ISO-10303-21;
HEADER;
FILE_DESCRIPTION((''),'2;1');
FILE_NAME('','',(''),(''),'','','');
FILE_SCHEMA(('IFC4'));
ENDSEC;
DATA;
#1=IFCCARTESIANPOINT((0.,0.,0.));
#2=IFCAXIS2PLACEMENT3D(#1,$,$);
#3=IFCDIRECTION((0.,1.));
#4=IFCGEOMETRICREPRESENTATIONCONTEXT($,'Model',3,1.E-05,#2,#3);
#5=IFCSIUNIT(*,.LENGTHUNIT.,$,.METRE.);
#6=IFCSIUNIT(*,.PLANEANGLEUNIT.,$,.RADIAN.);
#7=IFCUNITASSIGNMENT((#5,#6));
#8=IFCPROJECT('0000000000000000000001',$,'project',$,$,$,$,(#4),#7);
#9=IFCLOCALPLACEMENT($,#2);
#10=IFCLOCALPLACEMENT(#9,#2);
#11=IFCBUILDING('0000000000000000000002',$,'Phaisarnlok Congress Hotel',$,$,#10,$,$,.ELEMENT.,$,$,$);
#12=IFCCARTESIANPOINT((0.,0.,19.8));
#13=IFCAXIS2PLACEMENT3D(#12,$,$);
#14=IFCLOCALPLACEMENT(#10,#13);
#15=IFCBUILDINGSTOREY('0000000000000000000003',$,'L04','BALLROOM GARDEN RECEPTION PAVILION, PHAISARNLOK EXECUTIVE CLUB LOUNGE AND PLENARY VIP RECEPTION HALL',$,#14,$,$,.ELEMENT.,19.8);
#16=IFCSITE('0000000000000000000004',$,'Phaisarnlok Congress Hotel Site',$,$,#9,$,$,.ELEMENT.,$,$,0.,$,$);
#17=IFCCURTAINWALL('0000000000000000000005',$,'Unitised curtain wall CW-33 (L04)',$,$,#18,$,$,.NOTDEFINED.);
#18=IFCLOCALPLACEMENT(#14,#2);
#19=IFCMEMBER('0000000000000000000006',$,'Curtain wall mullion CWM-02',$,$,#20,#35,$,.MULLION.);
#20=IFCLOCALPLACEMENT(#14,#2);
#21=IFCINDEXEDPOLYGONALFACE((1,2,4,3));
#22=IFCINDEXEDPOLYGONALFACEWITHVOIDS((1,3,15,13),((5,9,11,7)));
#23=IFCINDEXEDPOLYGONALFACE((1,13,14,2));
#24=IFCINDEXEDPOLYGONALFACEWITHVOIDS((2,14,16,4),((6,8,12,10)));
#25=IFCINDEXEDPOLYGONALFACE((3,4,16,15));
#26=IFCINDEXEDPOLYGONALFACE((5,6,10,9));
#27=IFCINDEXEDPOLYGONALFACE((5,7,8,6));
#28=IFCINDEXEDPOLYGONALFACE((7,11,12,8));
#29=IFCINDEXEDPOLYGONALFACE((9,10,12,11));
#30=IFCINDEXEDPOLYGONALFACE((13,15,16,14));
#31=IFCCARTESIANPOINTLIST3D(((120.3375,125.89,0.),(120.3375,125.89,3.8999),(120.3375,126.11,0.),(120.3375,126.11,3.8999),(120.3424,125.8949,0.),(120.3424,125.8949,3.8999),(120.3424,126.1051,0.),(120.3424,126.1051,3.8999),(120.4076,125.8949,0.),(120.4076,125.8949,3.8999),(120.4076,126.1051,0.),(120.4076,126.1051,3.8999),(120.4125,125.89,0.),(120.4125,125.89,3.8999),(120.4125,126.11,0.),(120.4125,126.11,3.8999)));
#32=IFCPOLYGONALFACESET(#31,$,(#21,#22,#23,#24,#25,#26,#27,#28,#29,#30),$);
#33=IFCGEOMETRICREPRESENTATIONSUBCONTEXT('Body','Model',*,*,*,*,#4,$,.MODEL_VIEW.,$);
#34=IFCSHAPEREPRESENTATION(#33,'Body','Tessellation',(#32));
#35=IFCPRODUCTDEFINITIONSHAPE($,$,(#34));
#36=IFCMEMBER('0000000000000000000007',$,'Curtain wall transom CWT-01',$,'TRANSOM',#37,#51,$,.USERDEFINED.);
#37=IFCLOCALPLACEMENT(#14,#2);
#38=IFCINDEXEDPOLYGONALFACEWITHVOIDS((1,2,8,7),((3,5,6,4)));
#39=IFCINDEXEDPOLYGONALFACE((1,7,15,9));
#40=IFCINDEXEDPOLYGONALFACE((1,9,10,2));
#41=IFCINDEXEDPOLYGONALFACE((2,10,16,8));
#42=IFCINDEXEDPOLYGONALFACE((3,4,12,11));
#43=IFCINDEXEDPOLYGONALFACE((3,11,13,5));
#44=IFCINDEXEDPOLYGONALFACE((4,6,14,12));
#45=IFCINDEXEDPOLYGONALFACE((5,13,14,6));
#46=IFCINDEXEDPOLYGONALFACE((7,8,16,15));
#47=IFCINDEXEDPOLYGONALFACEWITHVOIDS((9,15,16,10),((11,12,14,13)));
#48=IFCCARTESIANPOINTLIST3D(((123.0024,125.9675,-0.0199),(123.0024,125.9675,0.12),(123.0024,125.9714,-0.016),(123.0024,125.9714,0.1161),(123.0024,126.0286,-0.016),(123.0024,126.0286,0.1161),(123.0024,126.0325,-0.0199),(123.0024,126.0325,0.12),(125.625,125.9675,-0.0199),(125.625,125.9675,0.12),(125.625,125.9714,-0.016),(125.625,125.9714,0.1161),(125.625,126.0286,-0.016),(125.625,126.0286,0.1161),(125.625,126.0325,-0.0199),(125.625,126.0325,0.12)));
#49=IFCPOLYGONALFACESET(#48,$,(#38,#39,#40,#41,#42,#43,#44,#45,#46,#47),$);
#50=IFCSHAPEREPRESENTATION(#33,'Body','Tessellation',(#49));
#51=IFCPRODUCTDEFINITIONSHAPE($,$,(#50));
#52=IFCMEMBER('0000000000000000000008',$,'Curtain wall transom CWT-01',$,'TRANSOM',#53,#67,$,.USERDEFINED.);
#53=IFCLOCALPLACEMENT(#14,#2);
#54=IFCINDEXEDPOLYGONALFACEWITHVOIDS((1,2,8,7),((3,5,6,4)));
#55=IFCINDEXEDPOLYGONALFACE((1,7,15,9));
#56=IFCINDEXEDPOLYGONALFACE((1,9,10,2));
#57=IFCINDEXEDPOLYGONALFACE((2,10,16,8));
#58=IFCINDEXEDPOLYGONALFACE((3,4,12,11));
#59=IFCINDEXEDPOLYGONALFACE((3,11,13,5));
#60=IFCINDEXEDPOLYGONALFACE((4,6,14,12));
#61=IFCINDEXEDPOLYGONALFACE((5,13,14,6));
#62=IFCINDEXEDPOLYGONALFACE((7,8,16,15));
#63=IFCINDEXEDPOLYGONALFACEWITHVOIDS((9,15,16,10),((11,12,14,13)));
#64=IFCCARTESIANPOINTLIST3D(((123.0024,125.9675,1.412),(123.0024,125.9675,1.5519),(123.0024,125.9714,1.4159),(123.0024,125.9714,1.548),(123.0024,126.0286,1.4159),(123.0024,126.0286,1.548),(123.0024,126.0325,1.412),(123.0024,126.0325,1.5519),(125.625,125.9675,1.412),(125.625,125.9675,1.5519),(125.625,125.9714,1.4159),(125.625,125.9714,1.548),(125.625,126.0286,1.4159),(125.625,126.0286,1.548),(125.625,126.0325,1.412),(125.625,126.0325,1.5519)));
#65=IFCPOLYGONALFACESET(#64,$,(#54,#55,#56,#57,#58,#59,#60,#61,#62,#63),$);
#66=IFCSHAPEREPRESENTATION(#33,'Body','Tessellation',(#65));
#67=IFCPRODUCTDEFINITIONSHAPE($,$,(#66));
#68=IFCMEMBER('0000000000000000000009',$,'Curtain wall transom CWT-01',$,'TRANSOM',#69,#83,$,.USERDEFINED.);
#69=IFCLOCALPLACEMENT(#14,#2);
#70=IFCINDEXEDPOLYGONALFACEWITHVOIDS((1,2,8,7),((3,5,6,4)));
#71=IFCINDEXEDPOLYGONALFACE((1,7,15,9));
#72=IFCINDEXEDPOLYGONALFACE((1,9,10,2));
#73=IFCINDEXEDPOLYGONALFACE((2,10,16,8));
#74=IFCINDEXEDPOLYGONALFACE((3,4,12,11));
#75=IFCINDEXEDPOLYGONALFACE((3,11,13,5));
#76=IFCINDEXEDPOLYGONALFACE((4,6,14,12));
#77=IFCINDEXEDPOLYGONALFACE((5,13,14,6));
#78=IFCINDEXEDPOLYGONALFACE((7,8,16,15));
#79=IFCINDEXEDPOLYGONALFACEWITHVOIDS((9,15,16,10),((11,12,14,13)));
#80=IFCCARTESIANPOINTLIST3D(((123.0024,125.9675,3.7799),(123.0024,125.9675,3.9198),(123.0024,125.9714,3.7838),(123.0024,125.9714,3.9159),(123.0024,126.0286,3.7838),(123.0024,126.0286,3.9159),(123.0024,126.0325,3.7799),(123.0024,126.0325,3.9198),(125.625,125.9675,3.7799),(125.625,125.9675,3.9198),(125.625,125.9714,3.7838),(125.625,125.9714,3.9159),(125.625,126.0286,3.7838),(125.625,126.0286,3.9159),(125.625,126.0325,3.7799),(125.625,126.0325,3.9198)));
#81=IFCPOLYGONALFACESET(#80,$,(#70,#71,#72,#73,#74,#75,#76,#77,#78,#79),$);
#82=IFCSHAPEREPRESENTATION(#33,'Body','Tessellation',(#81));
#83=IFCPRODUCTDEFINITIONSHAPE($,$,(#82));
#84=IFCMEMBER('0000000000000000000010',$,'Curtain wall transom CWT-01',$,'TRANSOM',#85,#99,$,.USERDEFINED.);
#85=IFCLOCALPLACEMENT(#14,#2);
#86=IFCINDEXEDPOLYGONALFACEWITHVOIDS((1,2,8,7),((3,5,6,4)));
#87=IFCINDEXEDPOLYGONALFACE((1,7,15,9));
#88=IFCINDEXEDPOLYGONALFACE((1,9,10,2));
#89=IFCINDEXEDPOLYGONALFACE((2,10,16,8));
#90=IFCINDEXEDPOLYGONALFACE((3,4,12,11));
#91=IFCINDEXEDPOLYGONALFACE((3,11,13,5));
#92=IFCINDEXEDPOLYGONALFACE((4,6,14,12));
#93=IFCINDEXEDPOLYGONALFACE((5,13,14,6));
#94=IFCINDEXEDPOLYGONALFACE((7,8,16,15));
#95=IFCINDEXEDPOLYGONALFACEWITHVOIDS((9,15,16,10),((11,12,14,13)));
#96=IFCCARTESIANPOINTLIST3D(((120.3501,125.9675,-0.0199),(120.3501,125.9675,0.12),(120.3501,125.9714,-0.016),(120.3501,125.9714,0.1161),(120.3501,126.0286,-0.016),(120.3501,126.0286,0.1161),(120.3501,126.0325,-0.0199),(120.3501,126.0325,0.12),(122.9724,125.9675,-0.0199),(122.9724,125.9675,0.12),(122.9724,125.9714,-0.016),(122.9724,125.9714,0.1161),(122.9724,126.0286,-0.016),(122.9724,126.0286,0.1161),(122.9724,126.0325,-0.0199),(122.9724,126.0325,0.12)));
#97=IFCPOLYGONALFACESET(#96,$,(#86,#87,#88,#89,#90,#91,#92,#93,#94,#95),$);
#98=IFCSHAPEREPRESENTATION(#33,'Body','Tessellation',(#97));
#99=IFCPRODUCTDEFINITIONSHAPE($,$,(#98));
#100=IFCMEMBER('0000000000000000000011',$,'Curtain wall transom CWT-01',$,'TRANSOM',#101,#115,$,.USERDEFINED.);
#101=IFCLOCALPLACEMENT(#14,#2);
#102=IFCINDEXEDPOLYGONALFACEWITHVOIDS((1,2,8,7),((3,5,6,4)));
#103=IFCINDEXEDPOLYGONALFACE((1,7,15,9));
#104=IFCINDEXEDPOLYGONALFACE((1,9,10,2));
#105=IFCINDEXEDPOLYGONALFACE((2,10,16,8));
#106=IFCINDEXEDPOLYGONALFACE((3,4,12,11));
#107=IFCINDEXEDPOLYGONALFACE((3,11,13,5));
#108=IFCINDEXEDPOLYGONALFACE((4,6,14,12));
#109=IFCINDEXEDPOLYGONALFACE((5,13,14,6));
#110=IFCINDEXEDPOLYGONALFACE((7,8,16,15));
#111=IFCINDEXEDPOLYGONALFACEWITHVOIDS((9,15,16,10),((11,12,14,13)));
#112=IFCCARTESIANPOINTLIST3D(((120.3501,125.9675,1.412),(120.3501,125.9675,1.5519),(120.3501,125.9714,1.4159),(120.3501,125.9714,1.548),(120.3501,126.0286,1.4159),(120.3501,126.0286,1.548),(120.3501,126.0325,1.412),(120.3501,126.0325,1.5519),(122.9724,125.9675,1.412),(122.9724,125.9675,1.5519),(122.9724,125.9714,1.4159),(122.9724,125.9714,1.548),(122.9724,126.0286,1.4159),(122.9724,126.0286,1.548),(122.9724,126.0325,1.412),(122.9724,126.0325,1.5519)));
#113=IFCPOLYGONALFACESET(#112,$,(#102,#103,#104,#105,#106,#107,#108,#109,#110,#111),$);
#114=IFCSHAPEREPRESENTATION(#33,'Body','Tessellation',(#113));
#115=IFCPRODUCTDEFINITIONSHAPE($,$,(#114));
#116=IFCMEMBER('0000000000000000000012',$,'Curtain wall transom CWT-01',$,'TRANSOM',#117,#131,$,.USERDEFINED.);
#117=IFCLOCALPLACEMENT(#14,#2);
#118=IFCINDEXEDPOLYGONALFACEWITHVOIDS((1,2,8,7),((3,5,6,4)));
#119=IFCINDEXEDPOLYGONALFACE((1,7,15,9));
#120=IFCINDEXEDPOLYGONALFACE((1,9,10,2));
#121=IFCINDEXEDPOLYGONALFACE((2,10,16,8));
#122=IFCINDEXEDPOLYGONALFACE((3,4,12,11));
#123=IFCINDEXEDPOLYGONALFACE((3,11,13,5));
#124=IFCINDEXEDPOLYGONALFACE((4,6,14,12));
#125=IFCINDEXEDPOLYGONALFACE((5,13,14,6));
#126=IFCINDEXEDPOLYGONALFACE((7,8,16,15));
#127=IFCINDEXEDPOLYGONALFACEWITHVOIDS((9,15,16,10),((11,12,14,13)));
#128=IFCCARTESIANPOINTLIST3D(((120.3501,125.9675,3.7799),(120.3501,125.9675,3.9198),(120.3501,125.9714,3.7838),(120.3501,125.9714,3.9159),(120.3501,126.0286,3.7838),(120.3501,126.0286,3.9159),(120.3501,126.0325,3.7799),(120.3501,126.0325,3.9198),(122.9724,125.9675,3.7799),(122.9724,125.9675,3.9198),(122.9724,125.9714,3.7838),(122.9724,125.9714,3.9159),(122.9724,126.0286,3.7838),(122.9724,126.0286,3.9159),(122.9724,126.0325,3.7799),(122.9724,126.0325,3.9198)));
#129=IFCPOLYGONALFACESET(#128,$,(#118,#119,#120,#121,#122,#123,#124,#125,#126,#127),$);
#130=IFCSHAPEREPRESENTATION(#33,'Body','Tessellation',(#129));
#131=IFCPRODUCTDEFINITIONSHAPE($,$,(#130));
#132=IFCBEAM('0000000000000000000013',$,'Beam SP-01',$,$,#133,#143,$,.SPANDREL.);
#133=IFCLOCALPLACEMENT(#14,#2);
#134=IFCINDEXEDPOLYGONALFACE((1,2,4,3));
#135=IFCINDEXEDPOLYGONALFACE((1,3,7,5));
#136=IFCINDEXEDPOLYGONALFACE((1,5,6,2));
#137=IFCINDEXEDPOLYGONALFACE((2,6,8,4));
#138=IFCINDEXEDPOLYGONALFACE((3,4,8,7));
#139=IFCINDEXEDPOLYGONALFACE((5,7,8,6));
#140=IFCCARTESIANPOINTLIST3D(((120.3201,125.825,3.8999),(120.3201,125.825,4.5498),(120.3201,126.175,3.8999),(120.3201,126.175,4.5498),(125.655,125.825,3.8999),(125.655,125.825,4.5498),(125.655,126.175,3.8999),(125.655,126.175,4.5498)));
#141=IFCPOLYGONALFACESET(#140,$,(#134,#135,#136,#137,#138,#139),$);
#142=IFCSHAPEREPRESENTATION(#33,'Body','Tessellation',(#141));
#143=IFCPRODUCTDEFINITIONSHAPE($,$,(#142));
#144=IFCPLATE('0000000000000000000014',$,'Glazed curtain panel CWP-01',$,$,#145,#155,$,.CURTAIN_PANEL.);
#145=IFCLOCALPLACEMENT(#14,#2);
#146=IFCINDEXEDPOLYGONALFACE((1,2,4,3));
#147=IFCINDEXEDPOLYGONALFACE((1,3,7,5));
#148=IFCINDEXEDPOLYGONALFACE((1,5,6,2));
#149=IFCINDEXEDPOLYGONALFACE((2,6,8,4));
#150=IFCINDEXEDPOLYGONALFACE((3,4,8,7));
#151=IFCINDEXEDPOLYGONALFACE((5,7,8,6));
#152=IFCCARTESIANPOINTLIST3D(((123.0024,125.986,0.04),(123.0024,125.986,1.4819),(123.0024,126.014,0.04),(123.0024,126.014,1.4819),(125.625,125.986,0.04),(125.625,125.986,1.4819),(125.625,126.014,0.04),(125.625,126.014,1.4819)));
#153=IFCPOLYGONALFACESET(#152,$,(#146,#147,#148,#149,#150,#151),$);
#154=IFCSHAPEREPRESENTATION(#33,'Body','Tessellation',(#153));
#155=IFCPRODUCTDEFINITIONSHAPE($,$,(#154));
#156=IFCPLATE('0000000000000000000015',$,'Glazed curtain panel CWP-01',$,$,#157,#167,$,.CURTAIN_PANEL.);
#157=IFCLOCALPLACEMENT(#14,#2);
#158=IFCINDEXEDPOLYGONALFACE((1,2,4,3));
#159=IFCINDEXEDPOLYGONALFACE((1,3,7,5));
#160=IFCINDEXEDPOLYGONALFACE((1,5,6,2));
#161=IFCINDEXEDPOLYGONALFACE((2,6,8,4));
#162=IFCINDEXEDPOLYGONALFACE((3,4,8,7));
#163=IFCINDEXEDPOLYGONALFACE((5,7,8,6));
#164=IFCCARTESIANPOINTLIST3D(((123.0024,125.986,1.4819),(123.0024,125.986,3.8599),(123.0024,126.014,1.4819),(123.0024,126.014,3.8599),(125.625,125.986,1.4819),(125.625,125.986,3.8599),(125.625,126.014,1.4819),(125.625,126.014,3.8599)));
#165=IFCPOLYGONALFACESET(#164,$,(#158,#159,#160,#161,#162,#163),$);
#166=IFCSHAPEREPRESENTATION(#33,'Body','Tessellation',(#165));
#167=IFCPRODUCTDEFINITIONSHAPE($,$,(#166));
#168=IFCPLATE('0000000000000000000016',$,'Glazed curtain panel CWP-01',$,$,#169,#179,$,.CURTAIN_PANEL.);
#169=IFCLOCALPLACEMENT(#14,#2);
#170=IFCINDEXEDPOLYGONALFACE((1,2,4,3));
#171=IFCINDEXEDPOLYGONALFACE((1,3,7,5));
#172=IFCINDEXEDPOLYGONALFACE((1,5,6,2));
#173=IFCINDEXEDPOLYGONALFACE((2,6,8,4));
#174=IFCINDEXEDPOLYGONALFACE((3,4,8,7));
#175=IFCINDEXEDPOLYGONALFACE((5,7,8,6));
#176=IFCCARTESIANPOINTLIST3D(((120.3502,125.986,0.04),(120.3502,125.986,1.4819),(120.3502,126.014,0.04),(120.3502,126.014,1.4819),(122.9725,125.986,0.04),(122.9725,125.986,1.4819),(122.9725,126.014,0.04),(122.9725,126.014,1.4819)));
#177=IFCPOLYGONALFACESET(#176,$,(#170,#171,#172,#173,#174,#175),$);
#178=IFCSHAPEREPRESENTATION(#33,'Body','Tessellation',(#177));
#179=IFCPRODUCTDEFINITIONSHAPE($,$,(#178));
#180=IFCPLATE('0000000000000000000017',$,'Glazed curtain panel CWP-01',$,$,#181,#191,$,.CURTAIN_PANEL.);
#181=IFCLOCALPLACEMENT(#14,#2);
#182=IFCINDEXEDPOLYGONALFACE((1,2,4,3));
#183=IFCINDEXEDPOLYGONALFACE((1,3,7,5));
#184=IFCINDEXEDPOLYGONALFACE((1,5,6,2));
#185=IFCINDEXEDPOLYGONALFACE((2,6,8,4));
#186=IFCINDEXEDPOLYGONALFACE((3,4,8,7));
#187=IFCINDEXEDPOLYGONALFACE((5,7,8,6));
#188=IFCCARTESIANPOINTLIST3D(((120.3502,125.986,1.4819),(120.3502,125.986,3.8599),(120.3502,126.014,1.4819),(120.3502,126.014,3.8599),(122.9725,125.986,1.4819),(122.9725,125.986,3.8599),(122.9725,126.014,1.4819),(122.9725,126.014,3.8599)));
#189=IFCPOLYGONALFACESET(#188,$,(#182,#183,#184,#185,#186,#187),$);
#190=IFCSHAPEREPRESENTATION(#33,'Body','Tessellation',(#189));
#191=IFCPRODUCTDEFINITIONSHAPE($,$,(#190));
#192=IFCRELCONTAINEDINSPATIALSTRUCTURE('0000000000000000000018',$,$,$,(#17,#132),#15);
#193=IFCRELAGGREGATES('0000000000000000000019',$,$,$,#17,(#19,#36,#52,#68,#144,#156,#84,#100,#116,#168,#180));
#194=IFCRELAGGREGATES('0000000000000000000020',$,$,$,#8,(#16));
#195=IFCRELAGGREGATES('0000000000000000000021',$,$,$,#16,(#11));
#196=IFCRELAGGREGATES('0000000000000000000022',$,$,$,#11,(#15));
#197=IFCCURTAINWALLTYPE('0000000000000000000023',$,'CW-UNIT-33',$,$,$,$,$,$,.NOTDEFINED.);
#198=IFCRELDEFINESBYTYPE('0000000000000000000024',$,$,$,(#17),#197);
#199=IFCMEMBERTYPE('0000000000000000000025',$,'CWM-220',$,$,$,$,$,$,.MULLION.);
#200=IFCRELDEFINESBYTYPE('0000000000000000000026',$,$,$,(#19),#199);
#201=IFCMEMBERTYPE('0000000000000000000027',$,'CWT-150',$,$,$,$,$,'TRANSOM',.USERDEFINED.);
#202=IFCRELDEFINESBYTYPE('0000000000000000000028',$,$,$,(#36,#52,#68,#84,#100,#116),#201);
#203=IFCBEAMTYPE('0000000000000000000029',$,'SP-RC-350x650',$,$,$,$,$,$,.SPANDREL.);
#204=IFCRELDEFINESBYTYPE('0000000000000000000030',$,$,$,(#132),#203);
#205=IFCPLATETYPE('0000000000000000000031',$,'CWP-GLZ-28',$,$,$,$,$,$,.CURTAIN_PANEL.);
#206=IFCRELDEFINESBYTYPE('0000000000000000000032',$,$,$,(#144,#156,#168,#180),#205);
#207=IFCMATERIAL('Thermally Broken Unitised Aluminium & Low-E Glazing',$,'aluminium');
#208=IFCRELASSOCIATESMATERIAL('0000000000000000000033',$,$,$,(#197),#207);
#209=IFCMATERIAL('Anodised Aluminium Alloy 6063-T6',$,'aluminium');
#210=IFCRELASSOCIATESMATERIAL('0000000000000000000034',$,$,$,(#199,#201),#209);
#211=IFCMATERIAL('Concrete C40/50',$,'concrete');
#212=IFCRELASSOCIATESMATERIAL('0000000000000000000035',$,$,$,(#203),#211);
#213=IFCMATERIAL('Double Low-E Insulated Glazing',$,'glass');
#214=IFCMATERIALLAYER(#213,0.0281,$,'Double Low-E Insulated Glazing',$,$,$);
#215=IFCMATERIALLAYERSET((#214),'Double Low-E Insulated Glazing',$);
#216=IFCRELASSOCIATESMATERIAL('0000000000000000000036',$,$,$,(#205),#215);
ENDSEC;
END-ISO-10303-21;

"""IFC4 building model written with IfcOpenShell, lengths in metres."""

from ifc_helpers import new_model, si_unit, direction, frame, frame_2d, origin, origin_2d, place, context, subcontext, project, spatial, rectangle, hollow_rectangle, extrude, material, layer, layer_set, material_profile, profile_set, type_object, element, aggregate, save


model = new_model("IFC4")

# Units and contexts
model_context = context("Model", 3, precision=1e-05, world=origin(), true_north=direction((0.0, 1.0)))
body_context = subcontext(model_context, "Body", "Model", "MODEL_VIEW")
ifc_project = project(units=[si_unit("LENGTHUNIT", "METRE"), si_unit("PLANEANGLEUNIT", "RADIAN")], contexts=[model_context])

# Site, building, storey
site_placement = place(None, origin())
site = spatial("IfcSite", under=ifc_project, at=site_placement, Name="Phaisarnlok Congress Hotel Site", CompositionType="ELEMENT", RefElevation=0.0)
building_placement = place(site_placement, origin())
building = spatial("IfcBuilding", under=site, at=building_placement, Name="Phaisarnlok Congress Hotel", CompositionType="ELEMENT")
storey_placement = place(building_placement, frame((0.0, 0.0, 19.8)))
storey = spatial("IfcBuildingStorey", under=building, at=storey_placement, Name="L04", Description="BALLROOM GARDEN RECEPTION PAVILION, PHAISARNLOK EXECUTIVE CLUB LOUNGE AND PLENARY VIP RECEPTION HALL", CompositionType="ELEMENT", Elevation=19.8)

# Shared definitions
ifc_material_1 = material(Name="Concrete C40/50", Category="concrete")

# Curtain wall, members
ifc_material_2 = material(Name="Thermally Broken Unitised Aluminium & Low-E Glazing", Category="aluminium")
curtain_wall_type = type_object("IfcCurtainWallType", Name="CW-UNIT-33", PredefinedType="NOTDEFINED", material=ifc_material_2)
curtain_wall_placement = place(storey_placement, origin())
curtain_wall = element("IfcCurtainWall", 1, at=curtain_wall_placement, inside=storey, type_object=curtain_wall_type, Name="Unitised curtain wall CW-33 (L04)", PredefinedType="NOTDEFINED")
ifc_material_3 = material(Name="Anodised Aluminium Alloy 6063-T6", Category="aluminium")
ifc_material_profile_1 = material_profile(ifc_material_3, hollow_rectangle(XDim=0.075, YDim=0.22, WallThickness=0.0049, at=origin_2d()), Name="ALU-M 75x220x5")
ifc_profile_set_1 = profile_set([ifc_material_profile_1], Name="Anodised Aluminium Alloy 6063-T6")
member_type_1 = type_object("IfcMemberType", Name="CWM-220", PredefinedType="MULLION", material=ifc_profile_set_1)
member_1_placement = place(storey_placement, frame((120.375, 126.0, 0.0), z_axis=(0.0, 0.0, 1.0), x_axis=(-1.0, 0.0, 0.0)))
member_1 = element("IfcMember", 2, at=member_1_placement, type_object=member_type_1, Name="Curtain wall mullion CWM-02", PredefinedType="MULLION", context=body_context, shape_type="SweptSolid", body=[
    extrude(hollow_rectangle(XDim=0.075, YDim=0.22, WallThickness=0.0049, at=origin_2d()), origin(), (0.0, 0.0, 1.0), 3.8999),
])
ifc_material_profile_2 = material_profile(ifc_material_3, hollow_rectangle(XDim=0.0649, YDim=0.1399, WallThickness=0.0039, at=origin_2d()), Name="ALU-T 65x140x4")
ifc_profile_set_2 = profile_set([ifc_material_profile_2], Name="Anodised Aluminium Alloy 6063-T6")
member_type_2 = type_object("IfcMemberType", Name="CWT-150", ElementType="TRANSOM", PredefinedType="USERDEFINED", material=ifc_profile_set_2)
member_2_placement = place(storey_placement, frame((125.625, 126.0, 0.05), z_axis=(-1.0, 0.0, 0.0), x_axis=(0.0, -1.0, 0.0)))
member_2 = element("IfcMember", 3, at=member_2_placement, type_object=member_type_2, Name="Curtain wall transom CWT-01", ObjectType="TRANSOM", PredefinedType="USERDEFINED", context=body_context, shape_type="SweptSolid", body=[
    extrude(hollow_rectangle(XDim=0.0649, YDim=0.1399, WallThickness=0.0039, at=origin_2d()), origin(), (0.0, 0.0, 1.0), 2.6226),
])
member_3_placement = place(storey_placement, frame((125.625, 126.0, 1.4819), z_axis=(-1.0, 0.0, 0.0), x_axis=(0.0, -1.0, 0.0)))
member_3 = element("IfcMember", 4, at=member_3_placement, type_object=member_type_2, Name="Curtain wall transom CWT-01", ObjectType="TRANSOM", PredefinedType="USERDEFINED", context=body_context, shape_type="SweptSolid", body=[
    extrude(hollow_rectangle(XDim=0.0649, YDim=0.1399, WallThickness=0.0039, at=origin_2d()), origin(), (0.0, 0.0, 1.0), 2.6226),
])
member_4_placement = place(storey_placement, frame((125.625, 126.0, 3.8499), z_axis=(-1.0, 0.0, 0.0), x_axis=(0.0, -1.0, 0.0)))
member_4 = element("IfcMember", 5, at=member_4_placement, type_object=member_type_2, Name="Curtain wall transom CWT-01", ObjectType="TRANSOM", PredefinedType="USERDEFINED", context=body_context, shape_type="SweptSolid", body=[
    extrude(hollow_rectangle(XDim=0.0649, YDim=0.1399, WallThickness=0.0039, at=origin_2d()), origin(), (0.0, 0.0, 1.0), 2.6226),
])
member_5_placement = place(storey_placement, frame((122.9724, 126.0, 0.05), z_axis=(-1.0, 0.0, 0.0), x_axis=(0.0, -1.0, 0.0)))
member_5 = element("IfcMember", 6, at=member_5_placement, type_object=member_type_2, Name="Curtain wall transom CWT-01", ObjectType="TRANSOM", PredefinedType="USERDEFINED", context=body_context, shape_type="SweptSolid", body=[
    extrude(hollow_rectangle(XDim=0.0649, YDim=0.1399, WallThickness=0.0039, at=origin_2d()), origin(), (0.0, 0.0, 1.0), 2.6223),
])
member_6_placement = place(storey_placement, frame((122.9724, 126.0, 1.4819), z_axis=(-1.0, 0.0, 0.0), x_axis=(0.0, -1.0, 0.0)))
member_6 = element("IfcMember", 7, at=member_6_placement, type_object=member_type_2, Name="Curtain wall transom CWT-01", ObjectType="TRANSOM", PredefinedType="USERDEFINED", context=body_context, shape_type="SweptSolid", body=[
    extrude(hollow_rectangle(XDim=0.0649, YDim=0.1399, WallThickness=0.0039, at=origin_2d()), origin(), (0.0, 0.0, 1.0), 2.6223),
])
member_7_placement = place(storey_placement, frame((122.9724, 126.0, 3.8499), z_axis=(-1.0, 0.0, 0.0), x_axis=(0.0, -1.0, 0.0)))
member_7 = element("IfcMember", 8, at=member_7_placement, type_object=member_type_2, Name="Curtain wall transom CWT-01", ObjectType="TRANSOM", PredefinedType="USERDEFINED", context=body_context, shape_type="SweptSolid", body=[
    extrude(hollow_rectangle(XDim=0.0649, YDim=0.1399, WallThickness=0.0039, at=origin_2d()), origin(), (0.0, 0.0, 1.0), 2.6223),
])

# Beam
ifc_material_profile_3 = material_profile(ifc_material_1, rectangle(XDim=0.3501, YDim=0.6499, at=origin_2d()), Name="RC 350x650")
ifc_profile_set_3 = profile_set([ifc_material_profile_3], Name="Concrete C40/50")
beam_type_1 = type_object("IfcBeamType", Name="SP-RC-350x650", PredefinedType="SPANDREL", material=ifc_profile_set_3)
beam_1_placement = place(storey_placement, frame((120.3201, 126.0, 4.2249), z_axis=(1.0, 0.0, 0.0), x_axis=(0.0, 1.0, 0.0)))
element("IfcBeam", 9, at=beam_1_placement, inside=storey, type_object=beam_type_1, Name="Beam SP-01", PredefinedType="SPANDREL", context=body_context, shape_type="SweptSolid", body=[
    extrude(rectangle(XDim=0.3501, YDim=0.6499, at=origin_2d()), origin(), (0.0, 0.0, 1.0), 5.335),
])

# Plates
ifc_material_4 = material(Name="Double Low-E Insulated Glazing", Category="glass")
ifc_layer = layer(ifc_material_4, 0.0281, Name="Double Low-E Insulated Glazing")
ifc_layer_set = layer_set([ifc_layer], Name="Double Low-E Insulated Glazing")
plate_type = type_object("IfcPlateType", Name="CWP-GLZ-28", PredefinedType="CURTAIN_PANEL", material=ifc_layer_set)
plate_1_placement = place(storey_placement, frame((125.625, 126.0, 0.04), z_axis=(0.0, 0.0, 1.0), x_axis=(-1.0, 0.0, 0.0)))
plate_1 = element("IfcPlate", 10, at=plate_1_placement, type_object=plate_type, Name="Glazed curtain panel CWP-01", PredefinedType="CURTAIN_PANEL", context=body_context, shape_type="SweptSolid", body=[
    extrude(rectangle(XDim=2.6226, YDim=0.0281, at=frame_2d((1.3113, 0.0))), origin(), (0.0, 0.0, 1.0), 1.4419),
])
plate_2_placement = place(storey_placement, frame((125.625, 126.0, 1.4819), z_axis=(0.0, 0.0, 1.0), x_axis=(-1.0, 0.0, 0.0)))
plate_2 = element("IfcPlate", 11, at=plate_2_placement, type_object=plate_type, Name="Glazed curtain panel CWP-01", PredefinedType="CURTAIN_PANEL", context=body_context, shape_type="SweptSolid", body=[
    extrude(rectangle(XDim=2.6226, YDim=0.0281, at=frame_2d((1.3113, 0.0))), origin(), (0.0, 0.0, 1.0), 2.3779),
])
plate_3_placement = place(storey_placement, frame((122.9724, 126.0, 0.04), z_axis=(0.0, 0.0, 1.0), x_axis=(-1.0, 0.0, 0.0)))
plate_3 = element("IfcPlate", 12, at=plate_3_placement, type_object=plate_type, Name="Glazed curtain panel CWP-01", PredefinedType="CURTAIN_PANEL", context=body_context, shape_type="SweptSolid", body=[
    extrude(rectangle(XDim=2.6223, YDim=0.0281, at=frame_2d((1.311, 0.0))), origin(), (0.0, 0.0, 1.0), 1.4419),
])
plate_4_placement = place(storey_placement, frame((122.9724, 126.0, 1.4819), z_axis=(0.0, 0.0, 1.0), x_axis=(-1.0, 0.0, 0.0)))
plate_4 = element("IfcPlate", 13, at=plate_4_placement, type_object=plate_type, Name="Glazed curtain panel CWP-01", PredefinedType="CURTAIN_PANEL", context=body_context, shape_type="SweptSolid", body=[
    extrude(rectangle(XDim=2.6223, YDim=0.0281, at=frame_2d((1.311, 0.0))), origin(), (0.0, 0.0, 1.0), 2.3779),
])
aggregate(curtain_wall, [member_1, member_2, member_3, member_4, plate_1, plate_2, member_5, member_6, member_7, plate_3, plate_4])

save(model, "model.ifc")
